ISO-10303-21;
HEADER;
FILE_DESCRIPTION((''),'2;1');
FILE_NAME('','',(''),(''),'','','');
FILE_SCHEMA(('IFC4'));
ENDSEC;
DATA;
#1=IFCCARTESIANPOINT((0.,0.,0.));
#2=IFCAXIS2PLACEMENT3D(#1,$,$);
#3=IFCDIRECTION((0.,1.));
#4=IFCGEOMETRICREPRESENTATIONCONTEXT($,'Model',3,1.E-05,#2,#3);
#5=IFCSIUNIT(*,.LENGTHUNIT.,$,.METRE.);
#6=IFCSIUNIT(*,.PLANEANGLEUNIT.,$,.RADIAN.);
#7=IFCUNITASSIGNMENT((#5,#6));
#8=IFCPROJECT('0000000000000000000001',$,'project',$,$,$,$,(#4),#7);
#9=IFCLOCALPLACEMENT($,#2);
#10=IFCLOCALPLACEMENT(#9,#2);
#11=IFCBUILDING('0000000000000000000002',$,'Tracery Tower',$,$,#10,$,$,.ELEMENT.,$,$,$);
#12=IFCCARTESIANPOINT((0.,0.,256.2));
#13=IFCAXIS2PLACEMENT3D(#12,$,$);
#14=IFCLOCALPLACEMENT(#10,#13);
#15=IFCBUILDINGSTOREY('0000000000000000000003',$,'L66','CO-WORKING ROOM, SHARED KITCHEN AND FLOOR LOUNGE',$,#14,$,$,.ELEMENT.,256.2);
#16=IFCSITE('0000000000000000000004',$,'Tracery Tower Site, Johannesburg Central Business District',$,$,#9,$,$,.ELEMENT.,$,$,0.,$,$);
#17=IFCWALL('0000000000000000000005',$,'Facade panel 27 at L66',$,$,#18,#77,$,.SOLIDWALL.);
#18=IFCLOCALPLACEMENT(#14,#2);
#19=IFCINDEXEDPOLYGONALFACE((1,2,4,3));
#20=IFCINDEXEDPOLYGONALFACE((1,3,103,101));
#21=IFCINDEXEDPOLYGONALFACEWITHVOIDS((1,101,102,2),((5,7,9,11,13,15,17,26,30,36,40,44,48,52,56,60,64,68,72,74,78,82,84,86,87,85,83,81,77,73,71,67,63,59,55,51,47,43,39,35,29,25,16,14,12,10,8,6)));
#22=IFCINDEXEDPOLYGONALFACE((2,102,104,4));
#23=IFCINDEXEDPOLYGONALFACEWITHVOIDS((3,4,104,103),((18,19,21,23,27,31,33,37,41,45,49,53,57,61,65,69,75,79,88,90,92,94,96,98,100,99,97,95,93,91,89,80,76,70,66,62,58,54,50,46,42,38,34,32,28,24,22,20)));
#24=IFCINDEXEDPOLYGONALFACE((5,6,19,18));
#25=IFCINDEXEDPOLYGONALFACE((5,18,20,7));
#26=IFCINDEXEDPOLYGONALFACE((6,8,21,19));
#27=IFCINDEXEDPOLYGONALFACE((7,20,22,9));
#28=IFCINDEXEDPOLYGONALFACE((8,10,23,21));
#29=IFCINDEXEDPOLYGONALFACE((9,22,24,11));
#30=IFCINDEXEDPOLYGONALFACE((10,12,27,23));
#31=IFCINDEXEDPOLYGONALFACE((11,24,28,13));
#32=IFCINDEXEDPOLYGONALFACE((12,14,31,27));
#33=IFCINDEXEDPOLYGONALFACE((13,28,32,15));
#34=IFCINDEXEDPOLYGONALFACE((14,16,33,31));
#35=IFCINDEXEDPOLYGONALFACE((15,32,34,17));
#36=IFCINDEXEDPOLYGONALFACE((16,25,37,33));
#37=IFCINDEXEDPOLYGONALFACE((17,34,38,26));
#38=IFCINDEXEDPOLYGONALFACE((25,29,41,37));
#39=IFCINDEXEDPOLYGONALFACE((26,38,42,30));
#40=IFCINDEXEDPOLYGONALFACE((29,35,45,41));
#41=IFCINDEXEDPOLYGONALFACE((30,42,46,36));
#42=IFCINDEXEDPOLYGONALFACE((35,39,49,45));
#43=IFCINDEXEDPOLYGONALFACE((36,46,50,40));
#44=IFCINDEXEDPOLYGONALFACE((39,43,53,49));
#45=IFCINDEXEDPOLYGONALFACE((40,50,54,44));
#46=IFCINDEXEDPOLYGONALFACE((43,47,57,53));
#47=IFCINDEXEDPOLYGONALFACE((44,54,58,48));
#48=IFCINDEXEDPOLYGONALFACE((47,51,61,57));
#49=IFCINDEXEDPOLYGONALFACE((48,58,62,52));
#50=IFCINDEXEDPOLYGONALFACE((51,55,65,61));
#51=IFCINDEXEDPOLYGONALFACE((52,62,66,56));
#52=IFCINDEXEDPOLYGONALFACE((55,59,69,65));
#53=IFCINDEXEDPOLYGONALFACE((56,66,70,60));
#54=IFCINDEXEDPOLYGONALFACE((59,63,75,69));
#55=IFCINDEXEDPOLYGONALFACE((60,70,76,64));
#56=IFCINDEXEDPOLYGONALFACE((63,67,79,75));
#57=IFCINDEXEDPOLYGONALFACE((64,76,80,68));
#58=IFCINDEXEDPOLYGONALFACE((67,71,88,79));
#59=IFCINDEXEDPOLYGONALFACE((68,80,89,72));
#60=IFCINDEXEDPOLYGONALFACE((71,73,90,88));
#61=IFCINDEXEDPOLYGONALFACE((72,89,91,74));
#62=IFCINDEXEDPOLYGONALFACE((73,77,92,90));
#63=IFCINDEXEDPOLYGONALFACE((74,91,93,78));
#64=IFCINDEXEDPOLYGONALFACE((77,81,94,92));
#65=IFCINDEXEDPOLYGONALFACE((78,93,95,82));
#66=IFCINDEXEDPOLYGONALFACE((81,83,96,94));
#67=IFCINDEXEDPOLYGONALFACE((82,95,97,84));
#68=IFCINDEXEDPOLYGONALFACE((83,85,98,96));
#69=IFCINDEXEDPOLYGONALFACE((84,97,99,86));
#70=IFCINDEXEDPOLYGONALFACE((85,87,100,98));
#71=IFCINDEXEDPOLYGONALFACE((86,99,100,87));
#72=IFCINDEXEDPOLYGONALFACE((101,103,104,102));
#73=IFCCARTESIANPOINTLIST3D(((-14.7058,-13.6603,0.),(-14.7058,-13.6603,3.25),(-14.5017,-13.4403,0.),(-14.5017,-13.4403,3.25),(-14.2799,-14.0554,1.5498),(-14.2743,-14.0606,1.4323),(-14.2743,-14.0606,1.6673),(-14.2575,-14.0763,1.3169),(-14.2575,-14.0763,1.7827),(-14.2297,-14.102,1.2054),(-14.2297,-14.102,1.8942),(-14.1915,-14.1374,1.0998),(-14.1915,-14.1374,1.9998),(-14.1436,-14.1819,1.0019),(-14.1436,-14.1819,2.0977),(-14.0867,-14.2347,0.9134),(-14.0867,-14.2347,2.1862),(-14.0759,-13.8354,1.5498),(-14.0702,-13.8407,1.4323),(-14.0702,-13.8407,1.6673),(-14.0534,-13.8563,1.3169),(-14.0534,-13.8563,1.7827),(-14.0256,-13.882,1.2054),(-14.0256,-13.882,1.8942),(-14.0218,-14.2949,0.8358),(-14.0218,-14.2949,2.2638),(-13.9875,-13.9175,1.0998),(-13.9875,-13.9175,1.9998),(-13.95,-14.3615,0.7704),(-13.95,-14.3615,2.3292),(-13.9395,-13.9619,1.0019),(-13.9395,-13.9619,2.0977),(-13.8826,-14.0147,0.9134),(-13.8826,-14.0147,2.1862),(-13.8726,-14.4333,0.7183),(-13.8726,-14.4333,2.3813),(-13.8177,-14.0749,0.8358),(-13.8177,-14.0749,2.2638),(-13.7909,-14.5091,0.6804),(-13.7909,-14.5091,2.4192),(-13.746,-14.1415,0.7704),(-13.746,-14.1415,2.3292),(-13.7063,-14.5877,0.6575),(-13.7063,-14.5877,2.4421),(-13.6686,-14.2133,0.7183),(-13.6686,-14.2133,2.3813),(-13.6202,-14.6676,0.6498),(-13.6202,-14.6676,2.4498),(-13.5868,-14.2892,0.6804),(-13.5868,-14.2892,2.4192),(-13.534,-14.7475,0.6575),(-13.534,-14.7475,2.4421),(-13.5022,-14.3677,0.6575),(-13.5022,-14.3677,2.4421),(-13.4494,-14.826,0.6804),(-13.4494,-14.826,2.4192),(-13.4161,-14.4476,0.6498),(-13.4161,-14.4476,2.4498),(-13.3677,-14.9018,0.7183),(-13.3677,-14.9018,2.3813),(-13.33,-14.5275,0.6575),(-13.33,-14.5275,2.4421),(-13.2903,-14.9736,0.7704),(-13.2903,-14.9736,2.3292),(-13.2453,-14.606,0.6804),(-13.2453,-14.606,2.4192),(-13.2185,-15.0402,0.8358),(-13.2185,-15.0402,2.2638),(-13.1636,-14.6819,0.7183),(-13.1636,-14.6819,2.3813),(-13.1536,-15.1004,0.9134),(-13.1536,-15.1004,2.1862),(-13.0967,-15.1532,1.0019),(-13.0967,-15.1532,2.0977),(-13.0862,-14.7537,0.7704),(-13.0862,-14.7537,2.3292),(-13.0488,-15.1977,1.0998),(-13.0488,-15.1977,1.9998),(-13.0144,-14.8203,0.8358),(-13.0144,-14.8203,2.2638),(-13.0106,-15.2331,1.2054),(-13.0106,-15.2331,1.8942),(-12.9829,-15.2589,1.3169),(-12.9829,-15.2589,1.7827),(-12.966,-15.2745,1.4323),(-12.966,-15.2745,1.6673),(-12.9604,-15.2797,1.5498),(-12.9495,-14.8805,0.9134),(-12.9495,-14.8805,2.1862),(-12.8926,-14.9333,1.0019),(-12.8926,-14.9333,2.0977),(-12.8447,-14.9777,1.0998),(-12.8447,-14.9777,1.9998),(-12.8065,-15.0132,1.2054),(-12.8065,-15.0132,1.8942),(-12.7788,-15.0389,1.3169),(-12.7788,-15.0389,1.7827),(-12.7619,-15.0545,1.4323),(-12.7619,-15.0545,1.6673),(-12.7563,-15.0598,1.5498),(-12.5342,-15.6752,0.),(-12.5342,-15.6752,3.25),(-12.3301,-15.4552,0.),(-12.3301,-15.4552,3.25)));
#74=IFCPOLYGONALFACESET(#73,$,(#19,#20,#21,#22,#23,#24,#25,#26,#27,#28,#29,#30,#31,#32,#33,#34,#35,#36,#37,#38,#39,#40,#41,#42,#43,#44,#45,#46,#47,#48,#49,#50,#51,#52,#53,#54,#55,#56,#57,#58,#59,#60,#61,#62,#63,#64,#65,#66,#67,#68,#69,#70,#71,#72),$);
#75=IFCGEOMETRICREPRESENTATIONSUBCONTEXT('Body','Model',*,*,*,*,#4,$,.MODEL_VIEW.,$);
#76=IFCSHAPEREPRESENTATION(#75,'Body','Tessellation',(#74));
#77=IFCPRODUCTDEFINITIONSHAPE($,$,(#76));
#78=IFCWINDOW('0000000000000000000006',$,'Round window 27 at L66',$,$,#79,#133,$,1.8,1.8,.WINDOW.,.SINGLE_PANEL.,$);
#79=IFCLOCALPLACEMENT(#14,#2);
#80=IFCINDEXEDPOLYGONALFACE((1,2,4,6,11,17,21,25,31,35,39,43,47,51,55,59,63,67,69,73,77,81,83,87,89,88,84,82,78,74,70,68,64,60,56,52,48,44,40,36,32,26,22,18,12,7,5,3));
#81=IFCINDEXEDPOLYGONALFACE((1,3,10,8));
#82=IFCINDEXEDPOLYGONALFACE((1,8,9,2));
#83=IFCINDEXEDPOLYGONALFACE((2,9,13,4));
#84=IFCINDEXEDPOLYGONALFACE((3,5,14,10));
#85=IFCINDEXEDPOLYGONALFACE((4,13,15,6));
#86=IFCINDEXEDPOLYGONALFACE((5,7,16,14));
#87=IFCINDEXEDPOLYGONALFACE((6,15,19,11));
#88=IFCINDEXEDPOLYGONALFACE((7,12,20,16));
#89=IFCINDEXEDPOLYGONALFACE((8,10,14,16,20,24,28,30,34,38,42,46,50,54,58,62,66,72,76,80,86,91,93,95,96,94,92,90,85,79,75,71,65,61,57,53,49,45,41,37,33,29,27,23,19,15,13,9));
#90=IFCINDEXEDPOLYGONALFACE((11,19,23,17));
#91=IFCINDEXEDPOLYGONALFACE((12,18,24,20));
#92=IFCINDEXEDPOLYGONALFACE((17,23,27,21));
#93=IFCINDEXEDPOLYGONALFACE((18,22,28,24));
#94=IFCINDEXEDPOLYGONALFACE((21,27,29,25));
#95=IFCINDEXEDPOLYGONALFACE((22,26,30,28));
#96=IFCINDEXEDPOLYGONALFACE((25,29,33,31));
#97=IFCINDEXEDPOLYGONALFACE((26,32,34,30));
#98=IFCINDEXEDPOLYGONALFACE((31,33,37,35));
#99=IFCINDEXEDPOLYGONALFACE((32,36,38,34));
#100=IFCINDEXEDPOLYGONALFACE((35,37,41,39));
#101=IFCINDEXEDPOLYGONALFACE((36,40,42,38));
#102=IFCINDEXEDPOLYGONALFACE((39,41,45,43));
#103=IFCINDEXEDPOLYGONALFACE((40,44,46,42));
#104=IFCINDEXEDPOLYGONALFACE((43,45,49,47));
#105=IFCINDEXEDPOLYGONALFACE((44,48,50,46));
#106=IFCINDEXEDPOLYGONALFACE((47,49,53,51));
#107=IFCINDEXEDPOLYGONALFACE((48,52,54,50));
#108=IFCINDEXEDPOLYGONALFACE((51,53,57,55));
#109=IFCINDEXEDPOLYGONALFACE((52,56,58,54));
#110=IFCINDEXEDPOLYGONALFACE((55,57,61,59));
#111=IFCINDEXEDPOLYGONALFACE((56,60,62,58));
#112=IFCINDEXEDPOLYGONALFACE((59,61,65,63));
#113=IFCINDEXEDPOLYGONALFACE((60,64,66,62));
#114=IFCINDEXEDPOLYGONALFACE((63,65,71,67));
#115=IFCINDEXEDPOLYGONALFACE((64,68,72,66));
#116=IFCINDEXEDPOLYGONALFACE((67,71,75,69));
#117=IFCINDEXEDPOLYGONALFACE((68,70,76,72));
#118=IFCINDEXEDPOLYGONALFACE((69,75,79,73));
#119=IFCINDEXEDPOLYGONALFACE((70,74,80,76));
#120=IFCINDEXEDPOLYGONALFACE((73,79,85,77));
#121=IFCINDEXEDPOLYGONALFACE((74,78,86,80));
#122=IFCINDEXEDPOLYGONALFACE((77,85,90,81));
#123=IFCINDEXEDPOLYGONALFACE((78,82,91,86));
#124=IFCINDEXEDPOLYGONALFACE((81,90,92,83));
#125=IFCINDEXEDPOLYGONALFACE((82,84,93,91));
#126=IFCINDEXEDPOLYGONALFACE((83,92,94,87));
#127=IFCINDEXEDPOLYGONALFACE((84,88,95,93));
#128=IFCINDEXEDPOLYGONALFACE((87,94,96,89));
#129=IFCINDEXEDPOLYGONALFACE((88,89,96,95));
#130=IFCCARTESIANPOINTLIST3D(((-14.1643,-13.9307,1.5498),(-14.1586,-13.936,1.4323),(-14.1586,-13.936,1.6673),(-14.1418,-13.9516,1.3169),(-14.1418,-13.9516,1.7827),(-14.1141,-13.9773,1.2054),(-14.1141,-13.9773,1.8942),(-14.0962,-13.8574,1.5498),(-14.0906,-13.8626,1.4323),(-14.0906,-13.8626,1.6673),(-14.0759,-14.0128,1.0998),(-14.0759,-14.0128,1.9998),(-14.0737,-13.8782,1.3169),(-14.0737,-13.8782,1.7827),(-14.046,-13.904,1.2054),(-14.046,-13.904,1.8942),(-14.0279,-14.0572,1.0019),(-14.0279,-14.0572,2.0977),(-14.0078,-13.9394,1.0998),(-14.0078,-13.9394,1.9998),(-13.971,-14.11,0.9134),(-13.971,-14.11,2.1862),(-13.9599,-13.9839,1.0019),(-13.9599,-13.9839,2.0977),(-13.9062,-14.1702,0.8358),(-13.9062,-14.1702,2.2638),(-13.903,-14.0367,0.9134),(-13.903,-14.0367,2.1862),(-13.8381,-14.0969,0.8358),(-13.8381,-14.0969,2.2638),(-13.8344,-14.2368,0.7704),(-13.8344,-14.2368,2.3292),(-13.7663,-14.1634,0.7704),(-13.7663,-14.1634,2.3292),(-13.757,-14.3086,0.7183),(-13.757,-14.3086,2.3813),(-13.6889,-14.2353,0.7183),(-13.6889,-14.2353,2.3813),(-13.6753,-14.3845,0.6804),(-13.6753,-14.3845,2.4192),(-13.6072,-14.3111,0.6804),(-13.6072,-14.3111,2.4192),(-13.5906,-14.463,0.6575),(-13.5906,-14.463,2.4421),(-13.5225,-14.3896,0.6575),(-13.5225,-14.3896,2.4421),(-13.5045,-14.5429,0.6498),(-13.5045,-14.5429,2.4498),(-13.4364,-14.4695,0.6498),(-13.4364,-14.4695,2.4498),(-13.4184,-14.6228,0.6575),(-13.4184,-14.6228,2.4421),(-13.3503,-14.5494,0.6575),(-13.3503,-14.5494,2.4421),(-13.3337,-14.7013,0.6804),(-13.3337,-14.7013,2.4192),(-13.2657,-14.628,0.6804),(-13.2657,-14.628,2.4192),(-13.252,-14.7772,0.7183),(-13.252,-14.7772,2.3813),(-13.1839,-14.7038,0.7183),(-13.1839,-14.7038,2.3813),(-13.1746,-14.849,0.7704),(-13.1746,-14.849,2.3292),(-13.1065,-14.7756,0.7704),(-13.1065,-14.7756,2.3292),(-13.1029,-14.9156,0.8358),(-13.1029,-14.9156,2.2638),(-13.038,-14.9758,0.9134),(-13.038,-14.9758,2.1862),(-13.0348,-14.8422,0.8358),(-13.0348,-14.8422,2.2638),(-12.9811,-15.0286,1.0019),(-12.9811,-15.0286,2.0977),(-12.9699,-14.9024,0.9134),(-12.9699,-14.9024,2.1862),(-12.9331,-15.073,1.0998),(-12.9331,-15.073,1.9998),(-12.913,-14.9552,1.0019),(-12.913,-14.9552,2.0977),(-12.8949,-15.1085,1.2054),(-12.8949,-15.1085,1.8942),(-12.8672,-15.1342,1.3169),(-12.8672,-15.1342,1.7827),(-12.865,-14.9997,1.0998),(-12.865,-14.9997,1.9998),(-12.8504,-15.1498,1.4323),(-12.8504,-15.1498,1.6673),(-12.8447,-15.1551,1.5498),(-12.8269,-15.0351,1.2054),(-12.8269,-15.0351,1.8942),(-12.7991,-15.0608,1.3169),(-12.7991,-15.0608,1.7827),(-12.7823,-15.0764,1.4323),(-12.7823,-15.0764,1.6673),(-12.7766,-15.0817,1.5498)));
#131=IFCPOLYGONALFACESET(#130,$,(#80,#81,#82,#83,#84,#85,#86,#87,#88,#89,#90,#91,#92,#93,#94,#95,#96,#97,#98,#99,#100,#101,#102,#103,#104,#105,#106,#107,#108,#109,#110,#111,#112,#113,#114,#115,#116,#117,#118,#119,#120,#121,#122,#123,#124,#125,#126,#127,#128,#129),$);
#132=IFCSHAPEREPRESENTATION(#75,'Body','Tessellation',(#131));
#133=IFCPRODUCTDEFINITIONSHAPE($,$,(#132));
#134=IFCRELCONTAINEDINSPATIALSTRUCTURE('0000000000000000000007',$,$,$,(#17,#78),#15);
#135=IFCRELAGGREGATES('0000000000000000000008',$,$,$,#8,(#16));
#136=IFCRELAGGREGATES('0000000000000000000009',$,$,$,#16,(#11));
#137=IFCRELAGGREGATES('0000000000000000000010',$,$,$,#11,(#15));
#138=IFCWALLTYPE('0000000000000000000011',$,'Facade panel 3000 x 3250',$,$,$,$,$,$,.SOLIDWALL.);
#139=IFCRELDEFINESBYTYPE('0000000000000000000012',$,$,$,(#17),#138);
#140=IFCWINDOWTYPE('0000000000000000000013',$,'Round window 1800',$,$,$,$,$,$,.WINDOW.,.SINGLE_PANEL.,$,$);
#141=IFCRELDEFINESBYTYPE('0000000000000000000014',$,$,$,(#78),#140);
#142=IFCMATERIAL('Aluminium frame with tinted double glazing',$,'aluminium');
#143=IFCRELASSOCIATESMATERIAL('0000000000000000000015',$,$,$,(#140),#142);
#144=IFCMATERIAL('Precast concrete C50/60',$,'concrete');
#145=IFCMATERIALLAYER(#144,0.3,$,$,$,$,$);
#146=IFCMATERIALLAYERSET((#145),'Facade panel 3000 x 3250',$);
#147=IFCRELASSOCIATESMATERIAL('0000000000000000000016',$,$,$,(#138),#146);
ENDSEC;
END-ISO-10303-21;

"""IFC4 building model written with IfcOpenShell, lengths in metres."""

from ifc_helpers import new_model, si_unit, direction, frame, frame_2d, origin, origin_2d, place, context, subcontext, project, spatial, rectangle, circle, extrude, material, layer, layer_set, type_object, element, fill, save


model = new_model("IFC4")

# Units and contexts
model_context = context("Model", 3, precision=1e-05, world=origin(), true_north=direction((0.0, 1.0)))
body_context = subcontext(model_context, "Body", "Model", "MODEL_VIEW")
ifc_project = project(units=[si_unit("LENGTHUNIT", "METRE"), si_unit("PLANEANGLEUNIT", "RADIAN")], contexts=[model_context])

# Site, building, storey
site_placement = place(None, origin())
site = spatial("IfcSite", under=ifc_project, at=site_placement, Name="Tracery Tower Site, Johannesburg Central Business District", CompositionType="ELEMENT", RefElevation=0.0)
building_placement = place(site_placement, origin())
building = spatial("IfcBuilding", under=site, at=building_placement, Name="Tracery Tower", CompositionType="ELEMENT")
storey_placement = place(building_placement, frame((0.0, 0.0, 256.2)))
storey = spatial("IfcBuildingStorey", under=building, at=storey_placement, Name="L66", Description="CO-WORKING ROOM, SHARED KITCHEN AND FLOOR LOUNGE", CompositionType="ELEMENT", Elevation=256.2)

# Wall, opening, window
ifc_material_1 = material(Name="Aluminium frame with tinted double glazing", Category="aluminium")
window_type = type_object("IfcWindowType", Name="Round window 1800", PartitioningType="SINGLE_PANEL", PredefinedType="WINDOW", material=ifc_material_1)
ifc_material_2 = material(Name="Precast concrete C50/60", Category="concrete")
ifc_layer_1 = layer(ifc_material_2, 0.3)
ifc_layer_set_1 = layer_set([ifc_layer_1], Name="Facade panel 3000 x 3250")
wall_type_1 = type_object("IfcWallType", Name="Facade panel 3000 x 3250", PredefinedType="SOLIDWALL", material=ifc_layer_set_1)
wall_1_placement = place(storey_placement, frame((-14.6038, -13.5503, 0.0), z_axis=(0.0, 0.0, 1.0), x_axis=(0.733066, -0.680157, 0.0)))
wall_1 = element("IfcWall", 1, at=wall_1_placement, inside=storey, type_object=wall_type_1, Name="Facade panel 27 at L66", PredefinedType="SOLIDWALL", context=body_context, shape_type="SweptSolid", body=[
    extrude(rectangle(XDim=2.9624, YDim=0.3, at=frame_2d((1.4812, 0.0))), origin(), (0.0, 0.0, 1.0), 3.25),
])
opening_1_placement = place(wall_1_placement, frame((1.481, 0.0, 1.5498)))
opening_1 = element("IfcOpeningElement", 2, at=opening_1_placement, cuts=wall_1, PredefinedType="OPENING", context=body_context, shape_type="SweptSolid", body=[
    extrude(circle(Radius=0.9, at=origin_2d()), frame((0.0, 0.1599, 0.0), z_axis=(0.0, -1.0, 0.0), x_axis=(1.0, 0.0, 0.0)), (0.0, 0.0, 1.0), 0.3201),
])
window_1_placement = place(opening_1_placement, origin())
window_1 = element("IfcWindow", 3, at=window_1_placement, inside=storey, type_object=window_type, Name="Round window 27 at L66", OverallHeight=1.8, OverallWidth=1.8, PartitioningType="SINGLE_PANEL", PredefinedType="WINDOW", context=body_context, shape_type="SweptSolid", body=[
    extrude(circle(Radius=0.9, at=origin_2d()), frame((0.0, 0.1201, 0.0), z_axis=(0.0, -1.0, 0.0), x_axis=(1.0, 0.0, 0.0)), (0.0, 0.0, 1.0), 0.1001),
])
fill(opening_1, window_1)

save(model, "model.ifc")
